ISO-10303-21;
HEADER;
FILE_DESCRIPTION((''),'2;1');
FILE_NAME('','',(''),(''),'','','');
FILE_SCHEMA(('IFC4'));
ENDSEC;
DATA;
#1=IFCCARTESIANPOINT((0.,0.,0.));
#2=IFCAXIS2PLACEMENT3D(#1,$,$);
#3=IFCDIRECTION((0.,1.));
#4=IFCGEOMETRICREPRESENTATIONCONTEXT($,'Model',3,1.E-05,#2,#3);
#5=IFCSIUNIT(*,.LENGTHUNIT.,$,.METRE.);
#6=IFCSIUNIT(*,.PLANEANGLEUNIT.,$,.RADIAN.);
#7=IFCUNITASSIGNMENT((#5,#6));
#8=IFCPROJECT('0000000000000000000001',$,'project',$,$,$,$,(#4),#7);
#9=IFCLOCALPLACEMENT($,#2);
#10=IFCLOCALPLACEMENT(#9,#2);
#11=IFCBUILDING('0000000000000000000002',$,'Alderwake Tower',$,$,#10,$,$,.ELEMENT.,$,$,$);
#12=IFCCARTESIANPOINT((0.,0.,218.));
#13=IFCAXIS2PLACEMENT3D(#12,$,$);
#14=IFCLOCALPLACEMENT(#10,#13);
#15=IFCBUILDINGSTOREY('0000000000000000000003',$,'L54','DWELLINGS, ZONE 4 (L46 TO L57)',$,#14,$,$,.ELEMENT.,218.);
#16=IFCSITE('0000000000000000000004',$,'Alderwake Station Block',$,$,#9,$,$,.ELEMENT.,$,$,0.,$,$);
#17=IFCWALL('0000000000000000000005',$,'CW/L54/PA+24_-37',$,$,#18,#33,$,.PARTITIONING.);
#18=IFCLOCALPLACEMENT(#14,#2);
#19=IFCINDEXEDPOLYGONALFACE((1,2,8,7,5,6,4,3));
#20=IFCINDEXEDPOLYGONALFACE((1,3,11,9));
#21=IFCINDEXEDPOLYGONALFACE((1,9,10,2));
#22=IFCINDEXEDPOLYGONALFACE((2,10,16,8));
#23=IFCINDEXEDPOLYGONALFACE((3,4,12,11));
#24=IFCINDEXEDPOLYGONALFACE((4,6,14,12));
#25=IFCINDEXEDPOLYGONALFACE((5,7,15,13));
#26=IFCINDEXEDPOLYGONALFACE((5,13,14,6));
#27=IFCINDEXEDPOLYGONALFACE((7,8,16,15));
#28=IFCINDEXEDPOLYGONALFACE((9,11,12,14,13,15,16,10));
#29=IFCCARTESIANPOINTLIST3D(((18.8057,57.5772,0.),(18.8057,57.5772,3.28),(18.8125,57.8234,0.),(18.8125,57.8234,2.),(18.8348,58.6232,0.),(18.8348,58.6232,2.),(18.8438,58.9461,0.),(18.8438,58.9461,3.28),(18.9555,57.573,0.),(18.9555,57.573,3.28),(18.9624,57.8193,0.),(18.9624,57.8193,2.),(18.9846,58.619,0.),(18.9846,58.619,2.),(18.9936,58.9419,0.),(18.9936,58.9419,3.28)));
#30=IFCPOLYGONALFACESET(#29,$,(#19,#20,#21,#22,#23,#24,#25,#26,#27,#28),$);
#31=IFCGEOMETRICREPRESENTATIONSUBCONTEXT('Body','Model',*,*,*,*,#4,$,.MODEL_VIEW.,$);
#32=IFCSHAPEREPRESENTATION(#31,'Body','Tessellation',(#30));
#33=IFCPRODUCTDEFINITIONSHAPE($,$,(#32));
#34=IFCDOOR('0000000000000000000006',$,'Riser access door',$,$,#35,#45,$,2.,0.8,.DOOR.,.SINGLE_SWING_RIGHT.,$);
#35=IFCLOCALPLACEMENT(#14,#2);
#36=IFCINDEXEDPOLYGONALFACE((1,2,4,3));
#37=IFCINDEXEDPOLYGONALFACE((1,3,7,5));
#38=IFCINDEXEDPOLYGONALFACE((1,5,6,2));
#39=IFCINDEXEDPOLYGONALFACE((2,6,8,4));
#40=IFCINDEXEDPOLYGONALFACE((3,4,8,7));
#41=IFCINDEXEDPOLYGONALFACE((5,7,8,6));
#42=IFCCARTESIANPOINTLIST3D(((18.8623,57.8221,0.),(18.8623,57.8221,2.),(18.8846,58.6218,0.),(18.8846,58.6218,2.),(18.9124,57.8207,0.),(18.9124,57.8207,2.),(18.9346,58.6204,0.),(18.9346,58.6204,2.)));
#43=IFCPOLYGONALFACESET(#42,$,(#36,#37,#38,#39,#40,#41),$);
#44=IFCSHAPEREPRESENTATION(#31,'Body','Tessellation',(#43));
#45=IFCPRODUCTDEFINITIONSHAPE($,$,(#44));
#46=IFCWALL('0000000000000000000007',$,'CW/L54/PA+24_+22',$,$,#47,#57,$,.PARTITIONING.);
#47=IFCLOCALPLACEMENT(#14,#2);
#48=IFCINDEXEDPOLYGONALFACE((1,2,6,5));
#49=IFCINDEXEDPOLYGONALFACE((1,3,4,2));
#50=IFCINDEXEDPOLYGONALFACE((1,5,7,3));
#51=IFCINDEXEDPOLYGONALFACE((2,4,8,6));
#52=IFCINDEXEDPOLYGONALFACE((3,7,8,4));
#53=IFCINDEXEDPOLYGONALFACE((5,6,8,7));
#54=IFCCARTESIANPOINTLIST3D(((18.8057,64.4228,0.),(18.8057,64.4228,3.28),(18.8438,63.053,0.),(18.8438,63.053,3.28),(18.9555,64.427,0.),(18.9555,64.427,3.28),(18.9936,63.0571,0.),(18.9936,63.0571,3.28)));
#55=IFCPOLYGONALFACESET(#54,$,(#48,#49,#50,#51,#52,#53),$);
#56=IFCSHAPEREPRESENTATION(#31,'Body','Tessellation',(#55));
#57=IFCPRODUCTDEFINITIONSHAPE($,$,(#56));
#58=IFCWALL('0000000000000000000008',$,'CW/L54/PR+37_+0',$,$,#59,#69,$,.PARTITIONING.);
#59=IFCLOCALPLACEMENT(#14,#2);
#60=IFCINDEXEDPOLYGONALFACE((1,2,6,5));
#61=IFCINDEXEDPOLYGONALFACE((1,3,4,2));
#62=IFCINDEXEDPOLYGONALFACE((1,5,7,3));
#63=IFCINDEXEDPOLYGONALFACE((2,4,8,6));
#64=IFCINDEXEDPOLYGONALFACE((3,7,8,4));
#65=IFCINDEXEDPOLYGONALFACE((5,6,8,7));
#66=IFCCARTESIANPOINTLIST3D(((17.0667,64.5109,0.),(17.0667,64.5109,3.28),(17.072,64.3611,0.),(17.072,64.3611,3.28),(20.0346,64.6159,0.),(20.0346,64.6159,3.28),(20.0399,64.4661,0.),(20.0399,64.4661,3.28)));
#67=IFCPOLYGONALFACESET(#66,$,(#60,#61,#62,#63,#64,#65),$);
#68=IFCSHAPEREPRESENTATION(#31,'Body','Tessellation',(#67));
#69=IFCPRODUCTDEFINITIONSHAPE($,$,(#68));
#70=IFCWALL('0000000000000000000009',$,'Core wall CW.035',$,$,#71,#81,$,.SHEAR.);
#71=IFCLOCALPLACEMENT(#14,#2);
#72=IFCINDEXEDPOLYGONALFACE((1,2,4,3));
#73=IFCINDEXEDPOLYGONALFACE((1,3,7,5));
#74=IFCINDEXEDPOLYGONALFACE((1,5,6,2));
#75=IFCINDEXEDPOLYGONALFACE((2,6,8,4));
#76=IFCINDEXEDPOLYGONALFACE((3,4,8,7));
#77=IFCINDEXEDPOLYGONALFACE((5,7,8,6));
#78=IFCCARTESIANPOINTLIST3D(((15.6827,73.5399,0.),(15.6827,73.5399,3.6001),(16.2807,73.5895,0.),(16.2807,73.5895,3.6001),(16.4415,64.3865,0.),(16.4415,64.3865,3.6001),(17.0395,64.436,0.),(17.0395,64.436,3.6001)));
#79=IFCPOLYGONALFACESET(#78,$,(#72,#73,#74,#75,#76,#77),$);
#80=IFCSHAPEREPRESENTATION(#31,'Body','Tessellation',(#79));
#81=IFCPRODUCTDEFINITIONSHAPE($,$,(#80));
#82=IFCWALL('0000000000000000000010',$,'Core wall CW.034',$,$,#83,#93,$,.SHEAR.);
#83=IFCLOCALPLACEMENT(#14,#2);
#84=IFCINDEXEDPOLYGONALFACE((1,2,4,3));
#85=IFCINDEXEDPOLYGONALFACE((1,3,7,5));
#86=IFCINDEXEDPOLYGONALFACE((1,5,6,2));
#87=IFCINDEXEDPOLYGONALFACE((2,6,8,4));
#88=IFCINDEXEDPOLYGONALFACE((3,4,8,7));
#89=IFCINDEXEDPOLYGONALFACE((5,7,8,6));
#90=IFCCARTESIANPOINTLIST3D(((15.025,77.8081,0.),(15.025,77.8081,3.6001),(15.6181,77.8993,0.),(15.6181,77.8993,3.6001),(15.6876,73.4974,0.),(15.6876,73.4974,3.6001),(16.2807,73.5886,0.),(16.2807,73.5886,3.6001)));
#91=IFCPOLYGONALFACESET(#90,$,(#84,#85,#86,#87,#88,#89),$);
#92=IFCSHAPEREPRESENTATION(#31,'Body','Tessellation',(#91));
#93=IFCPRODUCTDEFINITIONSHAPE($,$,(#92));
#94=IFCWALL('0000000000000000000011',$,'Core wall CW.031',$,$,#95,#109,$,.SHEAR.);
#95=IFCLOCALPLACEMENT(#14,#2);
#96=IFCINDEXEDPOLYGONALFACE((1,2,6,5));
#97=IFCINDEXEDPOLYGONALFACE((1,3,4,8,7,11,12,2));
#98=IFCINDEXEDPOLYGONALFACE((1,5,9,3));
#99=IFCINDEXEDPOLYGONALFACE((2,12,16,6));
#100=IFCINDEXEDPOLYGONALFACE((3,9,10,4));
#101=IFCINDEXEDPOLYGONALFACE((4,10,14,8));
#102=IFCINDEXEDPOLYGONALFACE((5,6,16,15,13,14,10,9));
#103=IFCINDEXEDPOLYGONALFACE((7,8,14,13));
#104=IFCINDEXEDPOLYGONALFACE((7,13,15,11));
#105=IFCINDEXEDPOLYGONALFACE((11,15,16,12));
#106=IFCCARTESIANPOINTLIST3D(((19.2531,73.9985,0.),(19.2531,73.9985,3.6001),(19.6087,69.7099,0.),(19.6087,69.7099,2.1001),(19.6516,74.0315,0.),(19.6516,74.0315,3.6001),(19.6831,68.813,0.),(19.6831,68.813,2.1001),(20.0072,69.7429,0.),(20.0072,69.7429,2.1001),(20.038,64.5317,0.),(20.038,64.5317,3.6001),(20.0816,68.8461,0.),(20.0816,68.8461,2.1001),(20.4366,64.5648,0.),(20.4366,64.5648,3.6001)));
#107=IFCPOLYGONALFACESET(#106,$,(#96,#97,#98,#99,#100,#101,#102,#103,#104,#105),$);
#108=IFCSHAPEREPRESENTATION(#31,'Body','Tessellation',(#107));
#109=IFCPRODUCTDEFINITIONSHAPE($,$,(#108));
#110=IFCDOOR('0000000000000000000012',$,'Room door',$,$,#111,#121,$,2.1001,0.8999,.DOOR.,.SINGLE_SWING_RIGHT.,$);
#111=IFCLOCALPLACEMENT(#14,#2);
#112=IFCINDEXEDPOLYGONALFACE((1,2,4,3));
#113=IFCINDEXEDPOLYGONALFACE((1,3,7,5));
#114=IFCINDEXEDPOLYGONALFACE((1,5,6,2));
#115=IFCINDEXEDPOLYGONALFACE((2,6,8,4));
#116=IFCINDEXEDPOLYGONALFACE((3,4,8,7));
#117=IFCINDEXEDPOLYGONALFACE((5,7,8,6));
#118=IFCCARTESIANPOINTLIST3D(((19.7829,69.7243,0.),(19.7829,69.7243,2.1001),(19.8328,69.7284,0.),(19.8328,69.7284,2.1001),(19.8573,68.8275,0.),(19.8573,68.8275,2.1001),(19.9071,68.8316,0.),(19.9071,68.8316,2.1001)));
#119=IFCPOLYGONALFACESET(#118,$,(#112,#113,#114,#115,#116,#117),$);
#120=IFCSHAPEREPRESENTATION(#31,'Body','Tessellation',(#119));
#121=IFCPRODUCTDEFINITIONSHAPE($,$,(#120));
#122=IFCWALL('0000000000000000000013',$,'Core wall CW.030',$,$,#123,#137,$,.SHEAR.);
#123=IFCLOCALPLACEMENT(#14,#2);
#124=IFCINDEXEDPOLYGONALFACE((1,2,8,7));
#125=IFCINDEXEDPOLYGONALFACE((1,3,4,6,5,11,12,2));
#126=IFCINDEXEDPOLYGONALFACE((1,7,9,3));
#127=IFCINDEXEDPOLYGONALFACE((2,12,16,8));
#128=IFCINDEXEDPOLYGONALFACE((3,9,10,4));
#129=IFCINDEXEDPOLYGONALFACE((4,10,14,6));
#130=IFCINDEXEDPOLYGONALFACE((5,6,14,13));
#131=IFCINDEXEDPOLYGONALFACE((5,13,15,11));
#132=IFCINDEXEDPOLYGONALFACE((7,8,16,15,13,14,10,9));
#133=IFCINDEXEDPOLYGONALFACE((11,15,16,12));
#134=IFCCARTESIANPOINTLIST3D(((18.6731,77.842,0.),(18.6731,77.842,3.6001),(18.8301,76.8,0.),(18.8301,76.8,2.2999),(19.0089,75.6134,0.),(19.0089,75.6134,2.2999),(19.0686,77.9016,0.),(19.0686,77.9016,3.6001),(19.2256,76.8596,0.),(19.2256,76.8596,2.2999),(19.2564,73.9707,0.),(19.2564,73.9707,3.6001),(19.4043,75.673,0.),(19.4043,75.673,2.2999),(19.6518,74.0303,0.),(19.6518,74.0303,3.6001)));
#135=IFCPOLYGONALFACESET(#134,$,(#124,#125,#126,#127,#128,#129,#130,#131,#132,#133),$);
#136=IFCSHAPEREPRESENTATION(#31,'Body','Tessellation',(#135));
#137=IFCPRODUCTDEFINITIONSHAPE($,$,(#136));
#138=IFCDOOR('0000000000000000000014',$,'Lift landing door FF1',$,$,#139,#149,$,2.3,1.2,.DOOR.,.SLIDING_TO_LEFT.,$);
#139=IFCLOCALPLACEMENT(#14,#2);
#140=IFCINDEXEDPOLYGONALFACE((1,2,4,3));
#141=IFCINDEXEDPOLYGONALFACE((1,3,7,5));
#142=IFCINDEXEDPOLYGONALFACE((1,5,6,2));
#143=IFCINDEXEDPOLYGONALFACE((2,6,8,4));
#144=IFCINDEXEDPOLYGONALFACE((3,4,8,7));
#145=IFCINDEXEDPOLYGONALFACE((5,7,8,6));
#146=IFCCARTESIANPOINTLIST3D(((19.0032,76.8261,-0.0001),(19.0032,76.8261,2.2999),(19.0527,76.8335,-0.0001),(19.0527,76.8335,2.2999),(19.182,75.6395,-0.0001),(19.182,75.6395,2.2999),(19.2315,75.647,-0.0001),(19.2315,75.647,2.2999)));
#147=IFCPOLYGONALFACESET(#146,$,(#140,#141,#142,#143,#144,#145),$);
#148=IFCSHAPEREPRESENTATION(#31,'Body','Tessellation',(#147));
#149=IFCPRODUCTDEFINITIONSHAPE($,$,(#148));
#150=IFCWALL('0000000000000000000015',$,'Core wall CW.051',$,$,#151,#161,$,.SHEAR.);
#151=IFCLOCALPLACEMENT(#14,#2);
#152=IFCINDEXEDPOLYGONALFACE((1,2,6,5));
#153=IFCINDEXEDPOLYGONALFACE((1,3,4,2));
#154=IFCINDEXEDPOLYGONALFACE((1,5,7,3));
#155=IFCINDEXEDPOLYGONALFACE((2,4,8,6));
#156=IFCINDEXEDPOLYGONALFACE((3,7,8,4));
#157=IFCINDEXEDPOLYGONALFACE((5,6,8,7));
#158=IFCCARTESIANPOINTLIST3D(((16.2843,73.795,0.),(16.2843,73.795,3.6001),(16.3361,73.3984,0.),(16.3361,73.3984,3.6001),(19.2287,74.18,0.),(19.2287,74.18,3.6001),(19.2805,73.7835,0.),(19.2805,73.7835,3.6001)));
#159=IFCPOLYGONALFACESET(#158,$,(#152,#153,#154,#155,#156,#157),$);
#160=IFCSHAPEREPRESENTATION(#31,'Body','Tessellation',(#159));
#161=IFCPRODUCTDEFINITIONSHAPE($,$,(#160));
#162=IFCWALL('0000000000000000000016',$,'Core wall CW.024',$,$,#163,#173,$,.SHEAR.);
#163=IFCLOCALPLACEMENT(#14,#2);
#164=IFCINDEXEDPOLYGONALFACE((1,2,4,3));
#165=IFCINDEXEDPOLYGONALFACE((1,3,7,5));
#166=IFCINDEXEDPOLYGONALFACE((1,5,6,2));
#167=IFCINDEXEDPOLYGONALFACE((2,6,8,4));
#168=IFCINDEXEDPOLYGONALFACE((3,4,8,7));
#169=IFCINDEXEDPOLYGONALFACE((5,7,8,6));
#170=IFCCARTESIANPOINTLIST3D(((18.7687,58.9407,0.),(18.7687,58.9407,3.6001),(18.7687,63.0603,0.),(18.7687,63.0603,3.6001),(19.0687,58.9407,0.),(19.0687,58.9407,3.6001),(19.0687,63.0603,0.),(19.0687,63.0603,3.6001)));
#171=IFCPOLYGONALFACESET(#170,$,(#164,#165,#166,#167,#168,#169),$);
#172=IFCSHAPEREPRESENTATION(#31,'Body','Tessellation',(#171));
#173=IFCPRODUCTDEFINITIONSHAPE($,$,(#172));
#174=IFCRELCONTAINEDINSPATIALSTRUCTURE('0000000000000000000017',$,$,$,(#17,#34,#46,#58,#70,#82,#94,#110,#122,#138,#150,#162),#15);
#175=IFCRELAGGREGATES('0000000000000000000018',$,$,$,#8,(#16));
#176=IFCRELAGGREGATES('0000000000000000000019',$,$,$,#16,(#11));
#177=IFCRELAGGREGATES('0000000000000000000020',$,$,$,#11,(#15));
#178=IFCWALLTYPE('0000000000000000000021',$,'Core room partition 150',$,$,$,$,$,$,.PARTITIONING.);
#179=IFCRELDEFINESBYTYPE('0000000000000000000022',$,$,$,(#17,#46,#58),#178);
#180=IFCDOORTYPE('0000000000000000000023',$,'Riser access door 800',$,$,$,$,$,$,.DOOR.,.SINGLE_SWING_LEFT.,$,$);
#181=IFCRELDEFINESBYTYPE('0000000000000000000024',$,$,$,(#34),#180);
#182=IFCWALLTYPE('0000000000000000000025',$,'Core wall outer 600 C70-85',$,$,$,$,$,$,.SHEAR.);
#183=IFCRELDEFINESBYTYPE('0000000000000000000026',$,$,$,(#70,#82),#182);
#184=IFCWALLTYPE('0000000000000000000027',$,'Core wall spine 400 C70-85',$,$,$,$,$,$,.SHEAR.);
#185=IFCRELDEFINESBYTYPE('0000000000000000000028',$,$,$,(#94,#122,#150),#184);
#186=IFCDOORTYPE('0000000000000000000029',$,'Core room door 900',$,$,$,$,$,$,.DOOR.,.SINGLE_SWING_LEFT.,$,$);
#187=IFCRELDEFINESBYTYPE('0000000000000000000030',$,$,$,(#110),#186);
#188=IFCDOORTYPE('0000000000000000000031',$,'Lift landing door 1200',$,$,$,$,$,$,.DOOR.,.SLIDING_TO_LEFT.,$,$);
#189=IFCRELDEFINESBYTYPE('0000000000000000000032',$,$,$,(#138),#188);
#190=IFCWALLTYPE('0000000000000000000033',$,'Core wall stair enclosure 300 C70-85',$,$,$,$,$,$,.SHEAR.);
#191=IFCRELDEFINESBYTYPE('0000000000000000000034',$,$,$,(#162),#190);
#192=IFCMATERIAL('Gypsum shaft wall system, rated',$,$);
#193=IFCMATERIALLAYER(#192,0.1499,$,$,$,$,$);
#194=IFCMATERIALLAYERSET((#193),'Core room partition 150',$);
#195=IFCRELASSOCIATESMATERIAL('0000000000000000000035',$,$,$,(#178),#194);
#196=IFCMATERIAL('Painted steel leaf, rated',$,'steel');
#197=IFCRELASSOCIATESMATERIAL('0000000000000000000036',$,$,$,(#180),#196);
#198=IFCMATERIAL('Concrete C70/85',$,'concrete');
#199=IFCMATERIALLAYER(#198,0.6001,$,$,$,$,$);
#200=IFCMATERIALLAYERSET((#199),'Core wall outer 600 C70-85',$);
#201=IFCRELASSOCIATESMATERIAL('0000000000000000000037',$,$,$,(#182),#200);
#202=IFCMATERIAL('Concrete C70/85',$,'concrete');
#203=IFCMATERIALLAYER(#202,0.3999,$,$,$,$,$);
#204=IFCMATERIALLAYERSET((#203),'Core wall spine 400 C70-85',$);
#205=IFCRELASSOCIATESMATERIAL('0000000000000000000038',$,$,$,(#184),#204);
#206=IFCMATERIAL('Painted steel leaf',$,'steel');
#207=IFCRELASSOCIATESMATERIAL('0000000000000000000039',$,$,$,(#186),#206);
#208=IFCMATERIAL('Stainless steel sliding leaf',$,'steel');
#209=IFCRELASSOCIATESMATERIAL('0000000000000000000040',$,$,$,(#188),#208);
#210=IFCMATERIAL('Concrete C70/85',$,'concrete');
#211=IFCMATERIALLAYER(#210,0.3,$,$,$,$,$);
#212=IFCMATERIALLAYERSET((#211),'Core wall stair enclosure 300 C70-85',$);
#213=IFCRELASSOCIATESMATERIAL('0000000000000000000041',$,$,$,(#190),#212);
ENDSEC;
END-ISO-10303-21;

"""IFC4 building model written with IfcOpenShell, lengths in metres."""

from ifc_helpers import new_model, si_unit, direction, frame, frame_2d, origin, place, context, subcontext, project, spatial, rectangle, extrude, material, layer, layer_set, type_object, element, fill, save


model = new_model("IFC4")

# Units and contexts
model_context = context("Model", 3, precision=1e-05, world=origin(), true_north=direction((0.0, 1.0)))
body_context = subcontext(model_context, "Body", "Model", "MODEL_VIEW")
ifc_project = project(units=[si_unit("LENGTHUNIT", "METRE"), si_unit("PLANEANGLEUNIT", "RADIAN")], contexts=[model_context])

# Site, building, storey
site_placement = place(None, origin())
site = spatial("IfcSite", under=ifc_project, at=site_placement, Name="Alderwake Station Block", CompositionType="ELEMENT", RefElevation=0.0)
building_placement = place(site_placement, origin())
building = spatial("IfcBuilding", under=site, at=building_placement, Name="Alderwake Tower", CompositionType="ELEMENT")
storey_placement = place(building_placement, frame((0.0, 0.0, 218.0)))
storey = spatial("IfcBuildingStorey", under=building, at=storey_placement, Name="L54", Description="DWELLINGS, ZONE 4 (L46 TO L57)", CompositionType="ELEMENT", Elevation=218.0)

# Wall, opening, door
ifc_material_1 = material(Name="Gypsum shaft wall system, rated")
ifc_layer_1 = layer(ifc_material_1, 0.1499)
ifc_layer_set_1 = layer_set([ifc_layer_1], Name="Core room partition 150")
wall_type_1 = type_object("IfcWallType", Name="Core room partition 150", PredefinedType="PARTITIONING", material=ifc_layer_set_1)
wall_1_placement = place(storey_placement, frame((18.9187, 58.9438, 0.0), z_axis=(0.0, 0.0, 1.0), x_axis=(-0.027812, -0.999613, 0.0)))
wall_1 = element("IfcWall", 1, at=wall_1_placement, inside=storey, type_object=wall_type_1, Name="CW/L54/PA+24_-37", PredefinedType="PARTITIONING", context=body_context, shape_type="SweptSolid", body=[
    extrude(rectangle(XDim=1.3694, YDim=0.1499, at=frame_2d((0.6846, 0.0))), origin(), (0.0, 0.0, 1.0), 3.28),
])
opening_1_placement = place(wall_1_placement, frame((0.323, 0.0, 0.0)))
opening_1 = element("IfcOpeningElement", 2, at=opening_1_placement, cuts=wall_1, PredefinedType="OPENING", context=body_context, shape_type="SweptSolid", body=[
    extrude(rectangle(XDim=0.8, YDim=2.0, at=frame_2d((0.3999, 1.0))), frame((0.0, 0.085, 0.0), z_axis=(0.0, -1.0, 0.0), x_axis=(1.0, 0.0, 0.0)), (0.0, 0.0, 1.0), 0.1699),
])
ifc_material_2 = material(Name="Painted steel leaf, rated", Category="steel")
door_type_1 = type_object("IfcDoorType", Name="Riser access door 800", OperationType="SINGLE_SWING_LEFT", PredefinedType="DOOR", material=ifc_material_2)
door_1_placement = place(opening_1_placement, origin())
door_1 = element("IfcDoor", 3, at=door_1_placement, inside=storey, type_object=door_type_1, Name="Riser access door", OperationType="SINGLE_SWING_RIGHT", OverallHeight=2.0, OverallWidth=0.8, PredefinedType="DOOR", context=body_context, shape_type="SweptSolid", body=[
    extrude(rectangle(XDim=0.8, YDim=2.0, at=frame_2d((0.3999, 1.0))), frame((0.0, 0.0249, 0.0), z_axis=(0.0, -1.0, 0.0), x_axis=(1.0, 0.0, 0.0)), (0.0, 0.0, 1.0), 0.05),
])
fill(opening_1, door_1)

# Walls
wall_2_placement = place(storey_placement, frame((18.9187, 63.0552, 0.0), z_axis=(0.0, 0.0, 1.0), x_axis=(-0.027792, 0.999614, 0.0)))
element("IfcWall", 4, at=wall_2_placement, inside=storey, type_object=wall_type_1, Name="CW/L54/PA+24_+22", PredefinedType="PARTITIONING", context=body_context, shape_type="SweptSolid", body=[
    extrude(rectangle(XDim=1.3704, YDim=0.1499, at=frame_2d((0.6851, 0.0))), origin(), (0.0, 0.0, 1.0), 3.28),
])
wall_3_placement = place(storey_placement, frame((17.0693, 64.436, 0.0), z_axis=(0.0, 0.0, 1.0), x_axis=(0.999375, 0.035351, 0.0)))
element("IfcWall", 5, at=wall_3_placement, inside=storey, type_object=wall_type_1, Name="CW/L54/PR+37_+0", PredefinedType="PARTITIONING", context=body_context, shape_type="SweptSolid", body=[
    extrude(rectangle(XDim=2.9697, YDim=0.1499, at=frame_2d((1.4849, 0.0))), origin(), (0.0, 0.0, 1.0), 3.28),
])
ifc_material_3 = material(Name="Concrete C70/85", Category="concrete")
ifc_layer_2 = layer(ifc_material_3, 0.6001)
ifc_layer_set_2 = layer_set([ifc_layer_2], Name="Core wall outer 600 C70-85")
wall_type_2 = type_object("IfcWallType", Name="Core wall outer 600 C70-85", PredefinedType="SHEAR", material=ifc_layer_set_2)
wall_4_placement = place(storey_placement, frame((16.7405, 64.4114, 0.0), z_axis=(0.0, 0.0, 1.0), x_axis=(-0.082614, 0.996582, 0.0)))
element("IfcWall", 6, at=wall_4_placement, inside=storey, type_object=wall_type_2, Name="Core wall CW.035", PredefinedType="SHEAR", context=body_context, shape_type="SweptSolid", body=[
    extrude(rectangle(XDim=9.1848, YDim=0.6001, at=frame_2d((4.5923, 0.0))), origin(), (0.0, 0.0, 1.0), 3.6001),
])
wall_5_placement = place(storey_placement, frame((15.9841, 73.543, 0.0), z_axis=(0.0, 0.0, 1.0), x_axis=(-0.151923, 0.988392, 0.0)))
element("IfcWall", 7, at=wall_5_placement, inside=storey, type_object=wall_type_2, Name="Core wall CW.034", PredefinedType="SHEAR", context=body_context, shape_type="SweptSolid", body=[
    extrude(rectangle(XDim=4.3613, YDim=0.6001, at=frame_2d((2.1807, 0.0))), origin(), (0.0, 0.0, 1.0), 3.6001),
])

# Walls, openings, doors
ifc_material_4 = material(Name="Concrete C70/85", Category="concrete")
ifc_layer_3 = layer(ifc_material_4, 0.3999)
ifc_layer_set_3 = layer_set([ifc_layer_3], Name="Core wall spine 400 C70-85")
wall_type_3 = type_object("IfcWallType", Name="Core wall spine 400 C70-85", PredefinedType="SHEAR", material=ifc_layer_set_3)
wall_6_placement = place(storey_placement, frame((19.4524, 74.0149, 0.0), z_axis=(0.0, 0.0, 1.0), x_axis=(0.082629, -0.99658, 0.0)))
wall_6 = element("IfcWall", 8, at=wall_6_placement, inside=storey, type_object=wall_type_3, Name="Core wall CW.031", PredefinedType="SHEAR", context=body_context, shape_type="SweptSolid", body=[
    extrude(rectangle(XDim=9.4993, YDim=0.3999, at=frame_2d((4.7495, 0.0))), origin(), (0.0, 0.0, 1.0), 3.6001),
])
opening_2_placement = place(wall_6_placement, frame((4.3032, 0.0, 0.0)))
opening_2 = element("IfcOpeningElement", 9, at=opening_2_placement, cuts=wall_6, PredefinedType="OPENING", context=body_context, shape_type="SweptSolid", body=[
    extrude(rectangle(XDim=0.8999, YDim=2.1001, at=frame_2d((0.45, 1.05))), frame((0.0, 0.21, 0.0), z_axis=(0.0, -1.0, 0.0), x_axis=(1.0, 0.0, 0.0)), (0.0, 0.0, 1.0), 0.4199),
])
ifc_material_5 = material(Name="Painted steel leaf", Category="steel")
door_type_2 = type_object("IfcDoorType", Name="Core room door 900", OperationType="SINGLE_SWING_LEFT", PredefinedType="DOOR", material=ifc_material_5)
door_2_placement = place(opening_2_placement, origin())
door_2 = element("IfcDoor", 10, at=door_2_placement, inside=storey, type_object=door_type_2, Name="Room door", OperationType="SINGLE_SWING_RIGHT", OverallHeight=2.1001, OverallWidth=0.8999, PredefinedType="DOOR", context=body_context, shape_type="SweptSolid", body=[
    extrude(rectangle(XDim=0.8999, YDim=2.1001, at=frame_2d((0.45, 1.05))), frame((0.0, 0.0249, 0.0), z_axis=(0.0, -1.0, 0.0), x_axis=(1.0, 0.0, 0.0)), (0.0, 0.0, 1.0), 0.05),
])
fill(opening_2, door_2)
wall_7_placement = place(storey_placement, frame((19.4541, 74.0005, 0.0), z_axis=(0.0, 0.0, 1.0), x_axis=(-0.148978, 0.988841, 0.0)))
wall_7 = element("IfcWall", 11, at=wall_7_placement, inside=storey, type_object=wall_type_3, Name="Core wall CW.030", PredefinedType="SHEAR", context=body_context, shape_type="SweptSolid", body=[
    extrude(rectangle(XDim=3.915, YDim=0.3999, at=frame_2d((1.9575, 0.0))), origin(), (0.0, 0.0, 1.0), 3.6001),
])
opening_3_placement = place(wall_7_placement, frame((1.6611, 0.0, 0.0)))
opening_3 = element("IfcOpeningElement", 12, at=opening_3_placement, cuts=wall_7, PredefinedType="OPENING", context=body_context, shape_type="SweptSolid", body=[
    extrude(rectangle(XDim=1.2, YDim=2.3, at=frame_2d((0.6001, 1.1499))), frame((0.0, 0.21, 0.0), z_axis=(0.0, -1.0, 0.0), x_axis=(1.0, 0.0, 0.0)), (0.0, 0.0, 1.0), 0.4199),
])
ifc_material_6 = material(Name="Stainless steel sliding leaf", Category="steel")
door_type_3 = type_object("IfcDoorType", Name="Lift landing door 1200", OperationType="SLIDING_TO_LEFT", PredefinedType="DOOR", material=ifc_material_6)
door_3_placement = place(opening_3_placement, origin())
door_3 = element("IfcDoor", 13, at=door_3_placement, inside=storey, type_object=door_type_3, Name="Lift landing door FF1", OperationType="SLIDING_TO_LEFT", OverallHeight=2.3, OverallWidth=1.2, PredefinedType="DOOR", context=body_context, shape_type="SweptSolid", body=[
    extrude(rectangle(XDim=1.2, YDim=2.3, at=frame_2d((0.6001, 1.1499))), frame((0.0, 0.0249, 0.0), z_axis=(0.0, -1.0, 0.0), x_axis=(1.0, 0.0, 0.0)), (0.0, 0.0, 1.0), 0.05),
])
fill(opening_3, door_3)

# Walls
wall_8_placement = place(storey_placement, frame((16.3101, 73.5967, 0.0), z_axis=(0.0, 0.0, 1.0), x_axis=(0.991559, 0.129659, 0.0)))
element("IfcWall", 14, at=wall_8_placement, inside=storey, type_object=wall_type_3, Name="Core wall CW.051", PredefinedType="SHEAR", context=body_context, shape_type="SweptSolid", body=[
    extrude(rectangle(XDim=2.9695, YDim=0.3999, at=frame_2d((1.4849, 0.0))), origin(), (0.0, 0.0, 1.0), 3.6001),
])
ifc_material_7 = material(Name="Concrete C70/85", Category="concrete")
ifc_layer_4 = layer(ifc_material_7, 0.3)
ifc_layer_set_4 = layer_set([ifc_layer_4], Name="Core wall stair enclosure 300 C70-85")
wall_type_4 = type_object("IfcWallType", Name="Core wall stair enclosure 300 C70-85", PredefinedType="SHEAR", material=ifc_layer_set_4)
wall_9_placement = place(storey_placement, frame((18.9187, 58.9407, 0.0), z_axis=(0.0, 0.0, 1.0), x_axis=(0.0, 1.0, 0.0)))
element("IfcWall", 15, at=wall_9_placement, inside=storey, type_object=wall_type_4, Name="Core wall CW.024", PredefinedType="SHEAR", context=body_context, shape_type="SweptSolid", body=[
    extrude(rectangle(XDim=4.1196, YDim=0.3, at=frame_2d((2.0598, 0.0))), origin(), (0.0, 0.0, 1.0), 3.6001),
])

save(model, "model.ifc")
